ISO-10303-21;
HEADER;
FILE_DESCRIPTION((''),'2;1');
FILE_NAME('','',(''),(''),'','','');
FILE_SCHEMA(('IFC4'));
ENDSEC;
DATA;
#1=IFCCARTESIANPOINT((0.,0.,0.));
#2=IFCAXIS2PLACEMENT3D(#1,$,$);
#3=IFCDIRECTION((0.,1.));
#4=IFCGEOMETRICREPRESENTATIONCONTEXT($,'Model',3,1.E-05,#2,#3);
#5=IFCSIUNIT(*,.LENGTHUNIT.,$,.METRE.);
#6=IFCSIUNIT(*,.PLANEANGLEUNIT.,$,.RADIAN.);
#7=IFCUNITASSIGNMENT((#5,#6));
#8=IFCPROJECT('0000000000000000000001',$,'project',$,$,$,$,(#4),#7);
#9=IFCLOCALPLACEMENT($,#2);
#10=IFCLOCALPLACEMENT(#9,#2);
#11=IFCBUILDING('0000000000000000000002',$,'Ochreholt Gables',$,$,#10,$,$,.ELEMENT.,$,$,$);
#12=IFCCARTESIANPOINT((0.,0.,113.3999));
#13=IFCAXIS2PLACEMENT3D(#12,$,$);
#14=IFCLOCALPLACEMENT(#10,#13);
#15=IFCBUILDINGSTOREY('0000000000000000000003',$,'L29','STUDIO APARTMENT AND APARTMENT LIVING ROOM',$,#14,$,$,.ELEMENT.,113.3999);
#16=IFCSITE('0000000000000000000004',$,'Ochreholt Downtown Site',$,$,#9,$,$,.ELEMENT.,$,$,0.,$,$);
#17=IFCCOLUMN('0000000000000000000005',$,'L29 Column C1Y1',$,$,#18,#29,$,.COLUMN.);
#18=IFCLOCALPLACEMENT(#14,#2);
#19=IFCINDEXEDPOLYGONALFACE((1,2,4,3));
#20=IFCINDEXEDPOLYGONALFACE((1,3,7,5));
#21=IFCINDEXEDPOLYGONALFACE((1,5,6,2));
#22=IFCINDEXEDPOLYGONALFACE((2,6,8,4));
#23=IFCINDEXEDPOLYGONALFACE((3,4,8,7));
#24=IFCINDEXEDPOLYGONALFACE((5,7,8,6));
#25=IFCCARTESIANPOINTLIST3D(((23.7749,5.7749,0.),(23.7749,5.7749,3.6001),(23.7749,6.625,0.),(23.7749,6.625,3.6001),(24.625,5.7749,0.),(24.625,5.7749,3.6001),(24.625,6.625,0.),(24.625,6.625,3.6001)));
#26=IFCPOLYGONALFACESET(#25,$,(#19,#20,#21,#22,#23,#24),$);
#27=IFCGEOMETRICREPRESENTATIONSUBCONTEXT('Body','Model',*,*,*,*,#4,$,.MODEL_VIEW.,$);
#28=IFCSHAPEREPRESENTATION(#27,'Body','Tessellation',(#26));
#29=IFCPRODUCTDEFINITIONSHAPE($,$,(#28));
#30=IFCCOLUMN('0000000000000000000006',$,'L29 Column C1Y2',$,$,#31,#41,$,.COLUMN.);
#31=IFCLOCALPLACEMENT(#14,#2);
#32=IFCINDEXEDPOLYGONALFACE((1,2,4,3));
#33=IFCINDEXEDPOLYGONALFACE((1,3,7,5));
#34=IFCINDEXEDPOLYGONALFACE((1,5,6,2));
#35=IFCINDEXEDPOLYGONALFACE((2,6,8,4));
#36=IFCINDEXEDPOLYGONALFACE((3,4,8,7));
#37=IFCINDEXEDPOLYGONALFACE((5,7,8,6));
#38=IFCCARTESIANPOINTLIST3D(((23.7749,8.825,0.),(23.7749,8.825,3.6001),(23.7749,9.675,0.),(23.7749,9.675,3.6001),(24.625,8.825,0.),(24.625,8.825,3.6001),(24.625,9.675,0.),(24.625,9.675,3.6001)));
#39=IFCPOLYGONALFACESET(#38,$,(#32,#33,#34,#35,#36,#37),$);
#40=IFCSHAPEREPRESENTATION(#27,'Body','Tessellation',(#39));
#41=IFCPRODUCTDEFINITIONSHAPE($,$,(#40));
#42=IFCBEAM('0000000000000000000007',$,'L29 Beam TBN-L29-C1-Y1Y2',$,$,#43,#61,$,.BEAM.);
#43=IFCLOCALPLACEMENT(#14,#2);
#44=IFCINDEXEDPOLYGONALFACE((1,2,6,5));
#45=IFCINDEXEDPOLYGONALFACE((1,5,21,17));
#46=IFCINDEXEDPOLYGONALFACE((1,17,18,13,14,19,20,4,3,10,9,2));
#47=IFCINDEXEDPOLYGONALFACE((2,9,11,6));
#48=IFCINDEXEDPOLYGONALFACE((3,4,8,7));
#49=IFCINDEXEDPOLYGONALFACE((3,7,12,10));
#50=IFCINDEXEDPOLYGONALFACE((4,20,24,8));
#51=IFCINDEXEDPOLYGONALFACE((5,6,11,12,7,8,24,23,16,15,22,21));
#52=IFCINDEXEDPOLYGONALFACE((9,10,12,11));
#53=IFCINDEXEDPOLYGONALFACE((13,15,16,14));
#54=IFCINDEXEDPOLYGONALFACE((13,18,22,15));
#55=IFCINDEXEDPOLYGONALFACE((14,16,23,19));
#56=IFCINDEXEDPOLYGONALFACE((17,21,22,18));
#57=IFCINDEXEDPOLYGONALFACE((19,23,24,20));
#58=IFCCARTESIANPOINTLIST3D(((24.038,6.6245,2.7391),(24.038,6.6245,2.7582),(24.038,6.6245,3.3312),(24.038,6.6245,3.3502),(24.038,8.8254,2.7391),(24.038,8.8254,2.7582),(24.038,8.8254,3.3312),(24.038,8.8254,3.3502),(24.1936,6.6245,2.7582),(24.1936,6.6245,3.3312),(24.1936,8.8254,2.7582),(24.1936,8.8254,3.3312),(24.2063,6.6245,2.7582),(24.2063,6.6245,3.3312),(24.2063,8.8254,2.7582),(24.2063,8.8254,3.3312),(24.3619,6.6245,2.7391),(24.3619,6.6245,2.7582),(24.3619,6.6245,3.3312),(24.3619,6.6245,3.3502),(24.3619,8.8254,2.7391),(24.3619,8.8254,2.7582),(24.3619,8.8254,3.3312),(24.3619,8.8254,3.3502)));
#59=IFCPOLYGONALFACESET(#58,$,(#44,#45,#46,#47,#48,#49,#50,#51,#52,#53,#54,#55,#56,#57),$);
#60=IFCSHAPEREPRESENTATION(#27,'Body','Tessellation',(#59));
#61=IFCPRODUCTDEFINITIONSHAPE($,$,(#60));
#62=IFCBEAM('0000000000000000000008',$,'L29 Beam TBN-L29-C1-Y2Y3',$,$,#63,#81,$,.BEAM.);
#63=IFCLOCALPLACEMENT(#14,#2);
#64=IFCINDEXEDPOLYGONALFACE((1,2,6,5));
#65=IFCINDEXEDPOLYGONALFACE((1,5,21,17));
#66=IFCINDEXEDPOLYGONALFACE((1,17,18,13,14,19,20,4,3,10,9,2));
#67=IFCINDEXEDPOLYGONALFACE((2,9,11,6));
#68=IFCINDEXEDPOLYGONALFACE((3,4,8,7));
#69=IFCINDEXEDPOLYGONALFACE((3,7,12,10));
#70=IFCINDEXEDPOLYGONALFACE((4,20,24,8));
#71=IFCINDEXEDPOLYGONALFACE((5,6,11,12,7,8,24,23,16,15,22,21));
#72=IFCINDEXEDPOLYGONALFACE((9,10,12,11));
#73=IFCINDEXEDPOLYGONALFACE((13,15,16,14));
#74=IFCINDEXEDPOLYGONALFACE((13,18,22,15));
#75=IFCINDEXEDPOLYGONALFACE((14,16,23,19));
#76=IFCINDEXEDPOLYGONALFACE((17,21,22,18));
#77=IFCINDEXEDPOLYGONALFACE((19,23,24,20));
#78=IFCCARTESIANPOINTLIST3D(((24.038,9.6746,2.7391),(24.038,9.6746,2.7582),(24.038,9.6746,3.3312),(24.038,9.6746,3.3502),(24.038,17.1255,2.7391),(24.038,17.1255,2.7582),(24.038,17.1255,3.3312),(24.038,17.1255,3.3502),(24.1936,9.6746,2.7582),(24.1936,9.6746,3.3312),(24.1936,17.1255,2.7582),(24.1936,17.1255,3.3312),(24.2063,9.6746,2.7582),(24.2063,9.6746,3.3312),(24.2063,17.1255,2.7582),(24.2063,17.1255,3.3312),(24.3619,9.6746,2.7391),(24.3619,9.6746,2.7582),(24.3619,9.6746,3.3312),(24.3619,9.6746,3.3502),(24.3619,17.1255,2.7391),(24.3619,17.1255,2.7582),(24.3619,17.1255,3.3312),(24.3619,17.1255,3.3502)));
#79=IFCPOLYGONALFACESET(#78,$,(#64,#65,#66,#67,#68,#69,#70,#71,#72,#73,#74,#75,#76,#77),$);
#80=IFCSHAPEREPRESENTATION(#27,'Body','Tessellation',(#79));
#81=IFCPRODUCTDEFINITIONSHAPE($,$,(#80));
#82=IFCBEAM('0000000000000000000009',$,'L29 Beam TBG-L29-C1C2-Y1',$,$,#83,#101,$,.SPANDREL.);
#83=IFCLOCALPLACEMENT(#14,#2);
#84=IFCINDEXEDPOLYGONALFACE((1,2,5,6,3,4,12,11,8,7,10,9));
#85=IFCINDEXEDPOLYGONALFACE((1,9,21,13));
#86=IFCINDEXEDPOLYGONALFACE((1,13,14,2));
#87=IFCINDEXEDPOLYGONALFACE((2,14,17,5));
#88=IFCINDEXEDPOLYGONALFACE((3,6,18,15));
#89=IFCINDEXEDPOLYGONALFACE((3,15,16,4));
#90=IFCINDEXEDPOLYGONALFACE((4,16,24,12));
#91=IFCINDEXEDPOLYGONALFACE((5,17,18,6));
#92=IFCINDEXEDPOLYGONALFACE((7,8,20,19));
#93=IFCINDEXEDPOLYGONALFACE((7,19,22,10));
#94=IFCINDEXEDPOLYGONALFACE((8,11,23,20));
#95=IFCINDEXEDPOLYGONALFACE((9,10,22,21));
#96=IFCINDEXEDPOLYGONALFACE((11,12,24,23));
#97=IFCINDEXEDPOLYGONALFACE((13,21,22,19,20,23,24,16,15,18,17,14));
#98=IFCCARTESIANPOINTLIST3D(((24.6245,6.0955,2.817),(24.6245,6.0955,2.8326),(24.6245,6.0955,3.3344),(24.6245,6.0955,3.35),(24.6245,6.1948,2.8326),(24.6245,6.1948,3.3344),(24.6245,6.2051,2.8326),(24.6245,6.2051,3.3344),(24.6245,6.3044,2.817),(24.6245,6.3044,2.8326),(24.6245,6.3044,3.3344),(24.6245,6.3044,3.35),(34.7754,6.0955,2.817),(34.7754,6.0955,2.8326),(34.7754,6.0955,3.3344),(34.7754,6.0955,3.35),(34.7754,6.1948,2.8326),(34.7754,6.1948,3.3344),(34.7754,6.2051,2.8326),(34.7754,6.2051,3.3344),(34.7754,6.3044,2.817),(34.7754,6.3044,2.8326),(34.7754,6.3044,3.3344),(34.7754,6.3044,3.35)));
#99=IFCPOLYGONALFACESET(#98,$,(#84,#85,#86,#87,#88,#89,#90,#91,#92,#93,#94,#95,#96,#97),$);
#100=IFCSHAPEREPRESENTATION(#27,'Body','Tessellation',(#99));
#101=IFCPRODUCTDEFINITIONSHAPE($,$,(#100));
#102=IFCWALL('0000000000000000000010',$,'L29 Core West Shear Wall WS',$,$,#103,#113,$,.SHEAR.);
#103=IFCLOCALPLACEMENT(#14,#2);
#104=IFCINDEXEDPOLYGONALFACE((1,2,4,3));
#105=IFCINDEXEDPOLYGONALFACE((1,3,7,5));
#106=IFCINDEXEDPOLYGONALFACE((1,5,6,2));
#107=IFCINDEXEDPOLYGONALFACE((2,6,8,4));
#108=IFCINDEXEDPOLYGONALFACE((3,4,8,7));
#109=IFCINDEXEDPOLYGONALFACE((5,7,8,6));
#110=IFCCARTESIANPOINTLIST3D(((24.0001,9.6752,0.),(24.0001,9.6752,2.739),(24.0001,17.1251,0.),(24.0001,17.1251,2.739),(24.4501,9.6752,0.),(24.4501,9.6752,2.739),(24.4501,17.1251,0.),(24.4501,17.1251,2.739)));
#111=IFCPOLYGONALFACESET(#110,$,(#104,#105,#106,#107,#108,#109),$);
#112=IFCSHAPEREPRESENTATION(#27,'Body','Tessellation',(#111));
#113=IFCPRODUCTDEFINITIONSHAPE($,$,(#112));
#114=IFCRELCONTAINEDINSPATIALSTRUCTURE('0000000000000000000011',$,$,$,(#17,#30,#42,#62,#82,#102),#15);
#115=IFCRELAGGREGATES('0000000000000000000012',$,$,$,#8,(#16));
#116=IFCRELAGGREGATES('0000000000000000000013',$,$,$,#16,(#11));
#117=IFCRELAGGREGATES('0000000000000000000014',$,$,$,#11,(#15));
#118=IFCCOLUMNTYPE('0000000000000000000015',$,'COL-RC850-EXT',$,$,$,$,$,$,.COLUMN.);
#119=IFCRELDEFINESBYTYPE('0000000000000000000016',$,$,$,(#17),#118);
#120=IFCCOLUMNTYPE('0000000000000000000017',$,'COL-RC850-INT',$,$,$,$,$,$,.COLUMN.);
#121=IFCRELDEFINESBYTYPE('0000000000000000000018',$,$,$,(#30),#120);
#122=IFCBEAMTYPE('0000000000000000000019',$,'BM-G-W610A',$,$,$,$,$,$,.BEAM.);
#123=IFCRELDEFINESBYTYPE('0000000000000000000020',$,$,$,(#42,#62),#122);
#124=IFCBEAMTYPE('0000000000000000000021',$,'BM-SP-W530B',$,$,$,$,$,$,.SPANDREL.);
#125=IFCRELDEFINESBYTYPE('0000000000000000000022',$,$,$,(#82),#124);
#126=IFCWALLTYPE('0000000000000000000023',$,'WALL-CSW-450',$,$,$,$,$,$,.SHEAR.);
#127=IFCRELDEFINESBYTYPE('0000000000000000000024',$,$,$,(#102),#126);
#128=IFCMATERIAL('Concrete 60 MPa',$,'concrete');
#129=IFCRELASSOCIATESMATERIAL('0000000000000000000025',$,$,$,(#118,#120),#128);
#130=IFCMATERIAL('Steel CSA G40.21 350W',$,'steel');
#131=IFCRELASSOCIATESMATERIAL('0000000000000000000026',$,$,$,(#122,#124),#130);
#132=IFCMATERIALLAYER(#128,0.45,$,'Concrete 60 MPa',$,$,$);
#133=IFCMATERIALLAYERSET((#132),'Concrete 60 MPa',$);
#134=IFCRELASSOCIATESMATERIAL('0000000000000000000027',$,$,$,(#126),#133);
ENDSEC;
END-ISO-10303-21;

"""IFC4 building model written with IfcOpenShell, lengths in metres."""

from ifc_helpers import new_model, si_unit, direction, frame, frame_2d, origin, origin_2d, place, context, subcontext, project, spatial, rectangle, i_section, extrude, material, layer, layer_set, material_profile, profile_set, type_object, element, save


model = new_model("IFC4")

# Units and contexts
model_context = context("Model", 3, precision=1e-05, world=origin(), true_north=direction((0.0, 1.0)))
body_context = subcontext(model_context, "Body", "Model", "MODEL_VIEW")
ifc_project = project(units=[si_unit("LENGTHUNIT", "METRE"), si_unit("PLANEANGLEUNIT", "RADIAN")], contexts=[model_context])

# Site, building, storey
site_placement = place(None, origin())
site = spatial("IfcSite", under=ifc_project, at=site_placement, Name="Ochreholt Downtown Site", CompositionType="ELEMENT", RefElevation=0.0)
building_placement = place(site_placement, origin())
building = spatial("IfcBuilding", under=site, at=building_placement, Name="Ochreholt Gables", CompositionType="ELEMENT")
storey_placement = place(building_placement, frame((0.0, 0.0, 113.3999)))
storey = spatial("IfcBuildingStorey", under=building, at=storey_placement, Name="L29", Description="STUDIO APARTMENT AND APARTMENT LIVING ROOM", CompositionType="ELEMENT", Elevation=113.3999)

# Columns
ifc_material_1 = material(Name="Concrete 60 MPa", Category="concrete")
ifc_material_profile_1 = material_profile(ifc_material_1, rectangle(XDim=0.8501, YDim=0.8501, at=origin_2d()), Name="RC850X850")
ifc_profile_set_1 = profile_set([ifc_material_profile_1], Name="Concrete 60 MPa")
column_type_1 = type_object("IfcColumnType", Name="COL-RC850-EXT", PredefinedType="COLUMN", material=ifc_profile_set_1)
column_1_placement = place(storey_placement, frame((24.2, 6.2, 0.0), z_axis=(0.0, 0.0, 1.0), x_axis=(1.0, 0.0, 0.0)))
element("IfcColumn", 1, at=column_1_placement, inside=storey, type_object=column_type_1, Name="L29 Column C1Y1", PredefinedType="COLUMN", context=body_context, shape_type="SweptSolid", body=[
    extrude(rectangle(XDim=0.8501, YDim=0.8501, at=origin_2d()), origin(), (0.0, 0.0, 1.0), 3.6001),
])
ifc_material_profile_2 = material_profile(ifc_material_1, rectangle(XDim=0.8501, YDim=0.8501, at=origin_2d()), Name="RC850X850")
ifc_profile_set_2 = profile_set([ifc_material_profile_2], Name="Concrete 60 MPa")
column_type_2 = type_object("IfcColumnType", Name="COL-RC850-INT", PredefinedType="COLUMN", material=ifc_profile_set_2)
column_2_placement = place(storey_placement, frame((24.2, 9.25, 0.0), z_axis=(0.0, 0.0, 1.0), x_axis=(1.0, 0.0, 0.0)))
element("IfcColumn", 2, at=column_2_placement, inside=storey, type_object=column_type_2, Name="L29 Column C1Y2", PredefinedType="COLUMN", context=body_context, shape_type="SweptSolid", body=[
    extrude(rectangle(XDim=0.8501, YDim=0.8501, at=origin_2d()), origin(), (0.0, 0.0, 1.0), 3.6001),
])

# Beams
ifc_material_2 = material(Name="Steel CSA G40.21 350W", Category="steel")
ifc_material_profile_3 = material_profile(ifc_material_2, i_section(OverallWidth=0.324, OverallDepth=0.6111, WebThickness=0.0127, FlangeThickness=0.019, at=origin_2d()), Name="W610X155")
ifc_profile_set_3 = profile_set([ifc_material_profile_3], Name="Steel CSA G40.21 350W")
beam_type_1 = type_object("IfcBeamType", Name="BM-G-W610A", PredefinedType="BEAM", material=ifc_profile_set_3)
beam_1_placement = place(storey_placement, frame((24.2, 6.6245, 3.0447), z_axis=(0.0, 1.0, 0.0), x_axis=(-1.0, 0.0, 0.0)))
element("IfcBeam", 3, at=beam_1_placement, inside=storey, type_object=beam_type_1, Name="L29 Beam TBN-L29-C1-Y1Y2", PredefinedType="BEAM", context=body_context, shape_type="SweptSolid", body=[
    extrude(i_section(OverallWidth=0.324, OverallDepth=0.6111, WebThickness=0.0127, FlangeThickness=0.019, at=origin_2d()), origin(), (0.0, 0.0, 1.0), 2.2009),
])
beam_2_placement = place(storey_placement, frame((24.2, 9.6746, 3.0447), z_axis=(0.0, 1.0, 0.0), x_axis=(-1.0, 0.0, 0.0)))
element("IfcBeam", 4, at=beam_2_placement, inside=storey, type_object=beam_type_1, Name="L29 Beam TBN-L29-C1-Y2Y3", PredefinedType="BEAM", context=body_context, shape_type="SweptSolid", body=[
    extrude(i_section(OverallWidth=0.324, OverallDepth=0.6111, WebThickness=0.0127, FlangeThickness=0.019, at=origin_2d()), origin(), (0.0, 0.0, 1.0), 7.4509),
])
ifc_material_profile_4 = material_profile(ifc_material_2, i_section(OverallWidth=0.209, OverallDepth=0.533, WebThickness=0.0103, FlangeThickness=0.0156, at=origin_2d()), Name="W530X92")
ifc_profile_set_4 = profile_set([ifc_material_profile_4], Name="Steel CSA G40.21 350W")
beam_type_2 = type_object("IfcBeamType", Name="BM-SP-W530B", PredefinedType="SPANDREL", material=ifc_profile_set_4)
beam_3_placement = place(storey_placement, frame((24.6245, 6.2, 3.0835), z_axis=(1.0, 0.0, 0.0), x_axis=(0.0, 1.0, 0.0)))
element("IfcBeam", 5, at=beam_3_placement, inside=storey, type_object=beam_type_2, Name="L29 Beam TBG-L29-C1C2-Y1", PredefinedType="SPANDREL", context=body_context, shape_type="SweptSolid", body=[
    extrude(i_section(OverallWidth=0.209, OverallDepth=0.533, WebThickness=0.0103, FlangeThickness=0.0156, at=origin_2d()), origin(), (0.0, 0.0, 1.0), 10.1509),
])

# Wall
ifc_layer_1 = layer(ifc_material_1, 0.45, Name="Concrete 60 MPa")
ifc_layer_set_1 = layer_set([ifc_layer_1], Name="Concrete 60 MPa")
wall_type_1 = type_object("IfcWallType", Name="WALL-CSW-450", PredefinedType="SHEAR", material=ifc_layer_set_1)
wall_1_placement = place(storey_placement, frame((24.2251, 9.675, 0.0), z_axis=(0.0, 0.0, 1.0), x_axis=(0.0, 1.0, 0.0)))
element("IfcWall", 6, at=wall_1_placement, inside=storey, type_object=wall_type_1, Name="L29 Core West Shear Wall WS", PredefinedType="SHEAR", context=body_context, shape_type="SweptSolid", body=[
    extrude(rectangle(XDim=7.45, YDim=0.45, at=frame_2d((3.7251, 0.0))), origin(), (0.0, 0.0, 1.0), 2.739),
])

save(model, "model.ifc")
